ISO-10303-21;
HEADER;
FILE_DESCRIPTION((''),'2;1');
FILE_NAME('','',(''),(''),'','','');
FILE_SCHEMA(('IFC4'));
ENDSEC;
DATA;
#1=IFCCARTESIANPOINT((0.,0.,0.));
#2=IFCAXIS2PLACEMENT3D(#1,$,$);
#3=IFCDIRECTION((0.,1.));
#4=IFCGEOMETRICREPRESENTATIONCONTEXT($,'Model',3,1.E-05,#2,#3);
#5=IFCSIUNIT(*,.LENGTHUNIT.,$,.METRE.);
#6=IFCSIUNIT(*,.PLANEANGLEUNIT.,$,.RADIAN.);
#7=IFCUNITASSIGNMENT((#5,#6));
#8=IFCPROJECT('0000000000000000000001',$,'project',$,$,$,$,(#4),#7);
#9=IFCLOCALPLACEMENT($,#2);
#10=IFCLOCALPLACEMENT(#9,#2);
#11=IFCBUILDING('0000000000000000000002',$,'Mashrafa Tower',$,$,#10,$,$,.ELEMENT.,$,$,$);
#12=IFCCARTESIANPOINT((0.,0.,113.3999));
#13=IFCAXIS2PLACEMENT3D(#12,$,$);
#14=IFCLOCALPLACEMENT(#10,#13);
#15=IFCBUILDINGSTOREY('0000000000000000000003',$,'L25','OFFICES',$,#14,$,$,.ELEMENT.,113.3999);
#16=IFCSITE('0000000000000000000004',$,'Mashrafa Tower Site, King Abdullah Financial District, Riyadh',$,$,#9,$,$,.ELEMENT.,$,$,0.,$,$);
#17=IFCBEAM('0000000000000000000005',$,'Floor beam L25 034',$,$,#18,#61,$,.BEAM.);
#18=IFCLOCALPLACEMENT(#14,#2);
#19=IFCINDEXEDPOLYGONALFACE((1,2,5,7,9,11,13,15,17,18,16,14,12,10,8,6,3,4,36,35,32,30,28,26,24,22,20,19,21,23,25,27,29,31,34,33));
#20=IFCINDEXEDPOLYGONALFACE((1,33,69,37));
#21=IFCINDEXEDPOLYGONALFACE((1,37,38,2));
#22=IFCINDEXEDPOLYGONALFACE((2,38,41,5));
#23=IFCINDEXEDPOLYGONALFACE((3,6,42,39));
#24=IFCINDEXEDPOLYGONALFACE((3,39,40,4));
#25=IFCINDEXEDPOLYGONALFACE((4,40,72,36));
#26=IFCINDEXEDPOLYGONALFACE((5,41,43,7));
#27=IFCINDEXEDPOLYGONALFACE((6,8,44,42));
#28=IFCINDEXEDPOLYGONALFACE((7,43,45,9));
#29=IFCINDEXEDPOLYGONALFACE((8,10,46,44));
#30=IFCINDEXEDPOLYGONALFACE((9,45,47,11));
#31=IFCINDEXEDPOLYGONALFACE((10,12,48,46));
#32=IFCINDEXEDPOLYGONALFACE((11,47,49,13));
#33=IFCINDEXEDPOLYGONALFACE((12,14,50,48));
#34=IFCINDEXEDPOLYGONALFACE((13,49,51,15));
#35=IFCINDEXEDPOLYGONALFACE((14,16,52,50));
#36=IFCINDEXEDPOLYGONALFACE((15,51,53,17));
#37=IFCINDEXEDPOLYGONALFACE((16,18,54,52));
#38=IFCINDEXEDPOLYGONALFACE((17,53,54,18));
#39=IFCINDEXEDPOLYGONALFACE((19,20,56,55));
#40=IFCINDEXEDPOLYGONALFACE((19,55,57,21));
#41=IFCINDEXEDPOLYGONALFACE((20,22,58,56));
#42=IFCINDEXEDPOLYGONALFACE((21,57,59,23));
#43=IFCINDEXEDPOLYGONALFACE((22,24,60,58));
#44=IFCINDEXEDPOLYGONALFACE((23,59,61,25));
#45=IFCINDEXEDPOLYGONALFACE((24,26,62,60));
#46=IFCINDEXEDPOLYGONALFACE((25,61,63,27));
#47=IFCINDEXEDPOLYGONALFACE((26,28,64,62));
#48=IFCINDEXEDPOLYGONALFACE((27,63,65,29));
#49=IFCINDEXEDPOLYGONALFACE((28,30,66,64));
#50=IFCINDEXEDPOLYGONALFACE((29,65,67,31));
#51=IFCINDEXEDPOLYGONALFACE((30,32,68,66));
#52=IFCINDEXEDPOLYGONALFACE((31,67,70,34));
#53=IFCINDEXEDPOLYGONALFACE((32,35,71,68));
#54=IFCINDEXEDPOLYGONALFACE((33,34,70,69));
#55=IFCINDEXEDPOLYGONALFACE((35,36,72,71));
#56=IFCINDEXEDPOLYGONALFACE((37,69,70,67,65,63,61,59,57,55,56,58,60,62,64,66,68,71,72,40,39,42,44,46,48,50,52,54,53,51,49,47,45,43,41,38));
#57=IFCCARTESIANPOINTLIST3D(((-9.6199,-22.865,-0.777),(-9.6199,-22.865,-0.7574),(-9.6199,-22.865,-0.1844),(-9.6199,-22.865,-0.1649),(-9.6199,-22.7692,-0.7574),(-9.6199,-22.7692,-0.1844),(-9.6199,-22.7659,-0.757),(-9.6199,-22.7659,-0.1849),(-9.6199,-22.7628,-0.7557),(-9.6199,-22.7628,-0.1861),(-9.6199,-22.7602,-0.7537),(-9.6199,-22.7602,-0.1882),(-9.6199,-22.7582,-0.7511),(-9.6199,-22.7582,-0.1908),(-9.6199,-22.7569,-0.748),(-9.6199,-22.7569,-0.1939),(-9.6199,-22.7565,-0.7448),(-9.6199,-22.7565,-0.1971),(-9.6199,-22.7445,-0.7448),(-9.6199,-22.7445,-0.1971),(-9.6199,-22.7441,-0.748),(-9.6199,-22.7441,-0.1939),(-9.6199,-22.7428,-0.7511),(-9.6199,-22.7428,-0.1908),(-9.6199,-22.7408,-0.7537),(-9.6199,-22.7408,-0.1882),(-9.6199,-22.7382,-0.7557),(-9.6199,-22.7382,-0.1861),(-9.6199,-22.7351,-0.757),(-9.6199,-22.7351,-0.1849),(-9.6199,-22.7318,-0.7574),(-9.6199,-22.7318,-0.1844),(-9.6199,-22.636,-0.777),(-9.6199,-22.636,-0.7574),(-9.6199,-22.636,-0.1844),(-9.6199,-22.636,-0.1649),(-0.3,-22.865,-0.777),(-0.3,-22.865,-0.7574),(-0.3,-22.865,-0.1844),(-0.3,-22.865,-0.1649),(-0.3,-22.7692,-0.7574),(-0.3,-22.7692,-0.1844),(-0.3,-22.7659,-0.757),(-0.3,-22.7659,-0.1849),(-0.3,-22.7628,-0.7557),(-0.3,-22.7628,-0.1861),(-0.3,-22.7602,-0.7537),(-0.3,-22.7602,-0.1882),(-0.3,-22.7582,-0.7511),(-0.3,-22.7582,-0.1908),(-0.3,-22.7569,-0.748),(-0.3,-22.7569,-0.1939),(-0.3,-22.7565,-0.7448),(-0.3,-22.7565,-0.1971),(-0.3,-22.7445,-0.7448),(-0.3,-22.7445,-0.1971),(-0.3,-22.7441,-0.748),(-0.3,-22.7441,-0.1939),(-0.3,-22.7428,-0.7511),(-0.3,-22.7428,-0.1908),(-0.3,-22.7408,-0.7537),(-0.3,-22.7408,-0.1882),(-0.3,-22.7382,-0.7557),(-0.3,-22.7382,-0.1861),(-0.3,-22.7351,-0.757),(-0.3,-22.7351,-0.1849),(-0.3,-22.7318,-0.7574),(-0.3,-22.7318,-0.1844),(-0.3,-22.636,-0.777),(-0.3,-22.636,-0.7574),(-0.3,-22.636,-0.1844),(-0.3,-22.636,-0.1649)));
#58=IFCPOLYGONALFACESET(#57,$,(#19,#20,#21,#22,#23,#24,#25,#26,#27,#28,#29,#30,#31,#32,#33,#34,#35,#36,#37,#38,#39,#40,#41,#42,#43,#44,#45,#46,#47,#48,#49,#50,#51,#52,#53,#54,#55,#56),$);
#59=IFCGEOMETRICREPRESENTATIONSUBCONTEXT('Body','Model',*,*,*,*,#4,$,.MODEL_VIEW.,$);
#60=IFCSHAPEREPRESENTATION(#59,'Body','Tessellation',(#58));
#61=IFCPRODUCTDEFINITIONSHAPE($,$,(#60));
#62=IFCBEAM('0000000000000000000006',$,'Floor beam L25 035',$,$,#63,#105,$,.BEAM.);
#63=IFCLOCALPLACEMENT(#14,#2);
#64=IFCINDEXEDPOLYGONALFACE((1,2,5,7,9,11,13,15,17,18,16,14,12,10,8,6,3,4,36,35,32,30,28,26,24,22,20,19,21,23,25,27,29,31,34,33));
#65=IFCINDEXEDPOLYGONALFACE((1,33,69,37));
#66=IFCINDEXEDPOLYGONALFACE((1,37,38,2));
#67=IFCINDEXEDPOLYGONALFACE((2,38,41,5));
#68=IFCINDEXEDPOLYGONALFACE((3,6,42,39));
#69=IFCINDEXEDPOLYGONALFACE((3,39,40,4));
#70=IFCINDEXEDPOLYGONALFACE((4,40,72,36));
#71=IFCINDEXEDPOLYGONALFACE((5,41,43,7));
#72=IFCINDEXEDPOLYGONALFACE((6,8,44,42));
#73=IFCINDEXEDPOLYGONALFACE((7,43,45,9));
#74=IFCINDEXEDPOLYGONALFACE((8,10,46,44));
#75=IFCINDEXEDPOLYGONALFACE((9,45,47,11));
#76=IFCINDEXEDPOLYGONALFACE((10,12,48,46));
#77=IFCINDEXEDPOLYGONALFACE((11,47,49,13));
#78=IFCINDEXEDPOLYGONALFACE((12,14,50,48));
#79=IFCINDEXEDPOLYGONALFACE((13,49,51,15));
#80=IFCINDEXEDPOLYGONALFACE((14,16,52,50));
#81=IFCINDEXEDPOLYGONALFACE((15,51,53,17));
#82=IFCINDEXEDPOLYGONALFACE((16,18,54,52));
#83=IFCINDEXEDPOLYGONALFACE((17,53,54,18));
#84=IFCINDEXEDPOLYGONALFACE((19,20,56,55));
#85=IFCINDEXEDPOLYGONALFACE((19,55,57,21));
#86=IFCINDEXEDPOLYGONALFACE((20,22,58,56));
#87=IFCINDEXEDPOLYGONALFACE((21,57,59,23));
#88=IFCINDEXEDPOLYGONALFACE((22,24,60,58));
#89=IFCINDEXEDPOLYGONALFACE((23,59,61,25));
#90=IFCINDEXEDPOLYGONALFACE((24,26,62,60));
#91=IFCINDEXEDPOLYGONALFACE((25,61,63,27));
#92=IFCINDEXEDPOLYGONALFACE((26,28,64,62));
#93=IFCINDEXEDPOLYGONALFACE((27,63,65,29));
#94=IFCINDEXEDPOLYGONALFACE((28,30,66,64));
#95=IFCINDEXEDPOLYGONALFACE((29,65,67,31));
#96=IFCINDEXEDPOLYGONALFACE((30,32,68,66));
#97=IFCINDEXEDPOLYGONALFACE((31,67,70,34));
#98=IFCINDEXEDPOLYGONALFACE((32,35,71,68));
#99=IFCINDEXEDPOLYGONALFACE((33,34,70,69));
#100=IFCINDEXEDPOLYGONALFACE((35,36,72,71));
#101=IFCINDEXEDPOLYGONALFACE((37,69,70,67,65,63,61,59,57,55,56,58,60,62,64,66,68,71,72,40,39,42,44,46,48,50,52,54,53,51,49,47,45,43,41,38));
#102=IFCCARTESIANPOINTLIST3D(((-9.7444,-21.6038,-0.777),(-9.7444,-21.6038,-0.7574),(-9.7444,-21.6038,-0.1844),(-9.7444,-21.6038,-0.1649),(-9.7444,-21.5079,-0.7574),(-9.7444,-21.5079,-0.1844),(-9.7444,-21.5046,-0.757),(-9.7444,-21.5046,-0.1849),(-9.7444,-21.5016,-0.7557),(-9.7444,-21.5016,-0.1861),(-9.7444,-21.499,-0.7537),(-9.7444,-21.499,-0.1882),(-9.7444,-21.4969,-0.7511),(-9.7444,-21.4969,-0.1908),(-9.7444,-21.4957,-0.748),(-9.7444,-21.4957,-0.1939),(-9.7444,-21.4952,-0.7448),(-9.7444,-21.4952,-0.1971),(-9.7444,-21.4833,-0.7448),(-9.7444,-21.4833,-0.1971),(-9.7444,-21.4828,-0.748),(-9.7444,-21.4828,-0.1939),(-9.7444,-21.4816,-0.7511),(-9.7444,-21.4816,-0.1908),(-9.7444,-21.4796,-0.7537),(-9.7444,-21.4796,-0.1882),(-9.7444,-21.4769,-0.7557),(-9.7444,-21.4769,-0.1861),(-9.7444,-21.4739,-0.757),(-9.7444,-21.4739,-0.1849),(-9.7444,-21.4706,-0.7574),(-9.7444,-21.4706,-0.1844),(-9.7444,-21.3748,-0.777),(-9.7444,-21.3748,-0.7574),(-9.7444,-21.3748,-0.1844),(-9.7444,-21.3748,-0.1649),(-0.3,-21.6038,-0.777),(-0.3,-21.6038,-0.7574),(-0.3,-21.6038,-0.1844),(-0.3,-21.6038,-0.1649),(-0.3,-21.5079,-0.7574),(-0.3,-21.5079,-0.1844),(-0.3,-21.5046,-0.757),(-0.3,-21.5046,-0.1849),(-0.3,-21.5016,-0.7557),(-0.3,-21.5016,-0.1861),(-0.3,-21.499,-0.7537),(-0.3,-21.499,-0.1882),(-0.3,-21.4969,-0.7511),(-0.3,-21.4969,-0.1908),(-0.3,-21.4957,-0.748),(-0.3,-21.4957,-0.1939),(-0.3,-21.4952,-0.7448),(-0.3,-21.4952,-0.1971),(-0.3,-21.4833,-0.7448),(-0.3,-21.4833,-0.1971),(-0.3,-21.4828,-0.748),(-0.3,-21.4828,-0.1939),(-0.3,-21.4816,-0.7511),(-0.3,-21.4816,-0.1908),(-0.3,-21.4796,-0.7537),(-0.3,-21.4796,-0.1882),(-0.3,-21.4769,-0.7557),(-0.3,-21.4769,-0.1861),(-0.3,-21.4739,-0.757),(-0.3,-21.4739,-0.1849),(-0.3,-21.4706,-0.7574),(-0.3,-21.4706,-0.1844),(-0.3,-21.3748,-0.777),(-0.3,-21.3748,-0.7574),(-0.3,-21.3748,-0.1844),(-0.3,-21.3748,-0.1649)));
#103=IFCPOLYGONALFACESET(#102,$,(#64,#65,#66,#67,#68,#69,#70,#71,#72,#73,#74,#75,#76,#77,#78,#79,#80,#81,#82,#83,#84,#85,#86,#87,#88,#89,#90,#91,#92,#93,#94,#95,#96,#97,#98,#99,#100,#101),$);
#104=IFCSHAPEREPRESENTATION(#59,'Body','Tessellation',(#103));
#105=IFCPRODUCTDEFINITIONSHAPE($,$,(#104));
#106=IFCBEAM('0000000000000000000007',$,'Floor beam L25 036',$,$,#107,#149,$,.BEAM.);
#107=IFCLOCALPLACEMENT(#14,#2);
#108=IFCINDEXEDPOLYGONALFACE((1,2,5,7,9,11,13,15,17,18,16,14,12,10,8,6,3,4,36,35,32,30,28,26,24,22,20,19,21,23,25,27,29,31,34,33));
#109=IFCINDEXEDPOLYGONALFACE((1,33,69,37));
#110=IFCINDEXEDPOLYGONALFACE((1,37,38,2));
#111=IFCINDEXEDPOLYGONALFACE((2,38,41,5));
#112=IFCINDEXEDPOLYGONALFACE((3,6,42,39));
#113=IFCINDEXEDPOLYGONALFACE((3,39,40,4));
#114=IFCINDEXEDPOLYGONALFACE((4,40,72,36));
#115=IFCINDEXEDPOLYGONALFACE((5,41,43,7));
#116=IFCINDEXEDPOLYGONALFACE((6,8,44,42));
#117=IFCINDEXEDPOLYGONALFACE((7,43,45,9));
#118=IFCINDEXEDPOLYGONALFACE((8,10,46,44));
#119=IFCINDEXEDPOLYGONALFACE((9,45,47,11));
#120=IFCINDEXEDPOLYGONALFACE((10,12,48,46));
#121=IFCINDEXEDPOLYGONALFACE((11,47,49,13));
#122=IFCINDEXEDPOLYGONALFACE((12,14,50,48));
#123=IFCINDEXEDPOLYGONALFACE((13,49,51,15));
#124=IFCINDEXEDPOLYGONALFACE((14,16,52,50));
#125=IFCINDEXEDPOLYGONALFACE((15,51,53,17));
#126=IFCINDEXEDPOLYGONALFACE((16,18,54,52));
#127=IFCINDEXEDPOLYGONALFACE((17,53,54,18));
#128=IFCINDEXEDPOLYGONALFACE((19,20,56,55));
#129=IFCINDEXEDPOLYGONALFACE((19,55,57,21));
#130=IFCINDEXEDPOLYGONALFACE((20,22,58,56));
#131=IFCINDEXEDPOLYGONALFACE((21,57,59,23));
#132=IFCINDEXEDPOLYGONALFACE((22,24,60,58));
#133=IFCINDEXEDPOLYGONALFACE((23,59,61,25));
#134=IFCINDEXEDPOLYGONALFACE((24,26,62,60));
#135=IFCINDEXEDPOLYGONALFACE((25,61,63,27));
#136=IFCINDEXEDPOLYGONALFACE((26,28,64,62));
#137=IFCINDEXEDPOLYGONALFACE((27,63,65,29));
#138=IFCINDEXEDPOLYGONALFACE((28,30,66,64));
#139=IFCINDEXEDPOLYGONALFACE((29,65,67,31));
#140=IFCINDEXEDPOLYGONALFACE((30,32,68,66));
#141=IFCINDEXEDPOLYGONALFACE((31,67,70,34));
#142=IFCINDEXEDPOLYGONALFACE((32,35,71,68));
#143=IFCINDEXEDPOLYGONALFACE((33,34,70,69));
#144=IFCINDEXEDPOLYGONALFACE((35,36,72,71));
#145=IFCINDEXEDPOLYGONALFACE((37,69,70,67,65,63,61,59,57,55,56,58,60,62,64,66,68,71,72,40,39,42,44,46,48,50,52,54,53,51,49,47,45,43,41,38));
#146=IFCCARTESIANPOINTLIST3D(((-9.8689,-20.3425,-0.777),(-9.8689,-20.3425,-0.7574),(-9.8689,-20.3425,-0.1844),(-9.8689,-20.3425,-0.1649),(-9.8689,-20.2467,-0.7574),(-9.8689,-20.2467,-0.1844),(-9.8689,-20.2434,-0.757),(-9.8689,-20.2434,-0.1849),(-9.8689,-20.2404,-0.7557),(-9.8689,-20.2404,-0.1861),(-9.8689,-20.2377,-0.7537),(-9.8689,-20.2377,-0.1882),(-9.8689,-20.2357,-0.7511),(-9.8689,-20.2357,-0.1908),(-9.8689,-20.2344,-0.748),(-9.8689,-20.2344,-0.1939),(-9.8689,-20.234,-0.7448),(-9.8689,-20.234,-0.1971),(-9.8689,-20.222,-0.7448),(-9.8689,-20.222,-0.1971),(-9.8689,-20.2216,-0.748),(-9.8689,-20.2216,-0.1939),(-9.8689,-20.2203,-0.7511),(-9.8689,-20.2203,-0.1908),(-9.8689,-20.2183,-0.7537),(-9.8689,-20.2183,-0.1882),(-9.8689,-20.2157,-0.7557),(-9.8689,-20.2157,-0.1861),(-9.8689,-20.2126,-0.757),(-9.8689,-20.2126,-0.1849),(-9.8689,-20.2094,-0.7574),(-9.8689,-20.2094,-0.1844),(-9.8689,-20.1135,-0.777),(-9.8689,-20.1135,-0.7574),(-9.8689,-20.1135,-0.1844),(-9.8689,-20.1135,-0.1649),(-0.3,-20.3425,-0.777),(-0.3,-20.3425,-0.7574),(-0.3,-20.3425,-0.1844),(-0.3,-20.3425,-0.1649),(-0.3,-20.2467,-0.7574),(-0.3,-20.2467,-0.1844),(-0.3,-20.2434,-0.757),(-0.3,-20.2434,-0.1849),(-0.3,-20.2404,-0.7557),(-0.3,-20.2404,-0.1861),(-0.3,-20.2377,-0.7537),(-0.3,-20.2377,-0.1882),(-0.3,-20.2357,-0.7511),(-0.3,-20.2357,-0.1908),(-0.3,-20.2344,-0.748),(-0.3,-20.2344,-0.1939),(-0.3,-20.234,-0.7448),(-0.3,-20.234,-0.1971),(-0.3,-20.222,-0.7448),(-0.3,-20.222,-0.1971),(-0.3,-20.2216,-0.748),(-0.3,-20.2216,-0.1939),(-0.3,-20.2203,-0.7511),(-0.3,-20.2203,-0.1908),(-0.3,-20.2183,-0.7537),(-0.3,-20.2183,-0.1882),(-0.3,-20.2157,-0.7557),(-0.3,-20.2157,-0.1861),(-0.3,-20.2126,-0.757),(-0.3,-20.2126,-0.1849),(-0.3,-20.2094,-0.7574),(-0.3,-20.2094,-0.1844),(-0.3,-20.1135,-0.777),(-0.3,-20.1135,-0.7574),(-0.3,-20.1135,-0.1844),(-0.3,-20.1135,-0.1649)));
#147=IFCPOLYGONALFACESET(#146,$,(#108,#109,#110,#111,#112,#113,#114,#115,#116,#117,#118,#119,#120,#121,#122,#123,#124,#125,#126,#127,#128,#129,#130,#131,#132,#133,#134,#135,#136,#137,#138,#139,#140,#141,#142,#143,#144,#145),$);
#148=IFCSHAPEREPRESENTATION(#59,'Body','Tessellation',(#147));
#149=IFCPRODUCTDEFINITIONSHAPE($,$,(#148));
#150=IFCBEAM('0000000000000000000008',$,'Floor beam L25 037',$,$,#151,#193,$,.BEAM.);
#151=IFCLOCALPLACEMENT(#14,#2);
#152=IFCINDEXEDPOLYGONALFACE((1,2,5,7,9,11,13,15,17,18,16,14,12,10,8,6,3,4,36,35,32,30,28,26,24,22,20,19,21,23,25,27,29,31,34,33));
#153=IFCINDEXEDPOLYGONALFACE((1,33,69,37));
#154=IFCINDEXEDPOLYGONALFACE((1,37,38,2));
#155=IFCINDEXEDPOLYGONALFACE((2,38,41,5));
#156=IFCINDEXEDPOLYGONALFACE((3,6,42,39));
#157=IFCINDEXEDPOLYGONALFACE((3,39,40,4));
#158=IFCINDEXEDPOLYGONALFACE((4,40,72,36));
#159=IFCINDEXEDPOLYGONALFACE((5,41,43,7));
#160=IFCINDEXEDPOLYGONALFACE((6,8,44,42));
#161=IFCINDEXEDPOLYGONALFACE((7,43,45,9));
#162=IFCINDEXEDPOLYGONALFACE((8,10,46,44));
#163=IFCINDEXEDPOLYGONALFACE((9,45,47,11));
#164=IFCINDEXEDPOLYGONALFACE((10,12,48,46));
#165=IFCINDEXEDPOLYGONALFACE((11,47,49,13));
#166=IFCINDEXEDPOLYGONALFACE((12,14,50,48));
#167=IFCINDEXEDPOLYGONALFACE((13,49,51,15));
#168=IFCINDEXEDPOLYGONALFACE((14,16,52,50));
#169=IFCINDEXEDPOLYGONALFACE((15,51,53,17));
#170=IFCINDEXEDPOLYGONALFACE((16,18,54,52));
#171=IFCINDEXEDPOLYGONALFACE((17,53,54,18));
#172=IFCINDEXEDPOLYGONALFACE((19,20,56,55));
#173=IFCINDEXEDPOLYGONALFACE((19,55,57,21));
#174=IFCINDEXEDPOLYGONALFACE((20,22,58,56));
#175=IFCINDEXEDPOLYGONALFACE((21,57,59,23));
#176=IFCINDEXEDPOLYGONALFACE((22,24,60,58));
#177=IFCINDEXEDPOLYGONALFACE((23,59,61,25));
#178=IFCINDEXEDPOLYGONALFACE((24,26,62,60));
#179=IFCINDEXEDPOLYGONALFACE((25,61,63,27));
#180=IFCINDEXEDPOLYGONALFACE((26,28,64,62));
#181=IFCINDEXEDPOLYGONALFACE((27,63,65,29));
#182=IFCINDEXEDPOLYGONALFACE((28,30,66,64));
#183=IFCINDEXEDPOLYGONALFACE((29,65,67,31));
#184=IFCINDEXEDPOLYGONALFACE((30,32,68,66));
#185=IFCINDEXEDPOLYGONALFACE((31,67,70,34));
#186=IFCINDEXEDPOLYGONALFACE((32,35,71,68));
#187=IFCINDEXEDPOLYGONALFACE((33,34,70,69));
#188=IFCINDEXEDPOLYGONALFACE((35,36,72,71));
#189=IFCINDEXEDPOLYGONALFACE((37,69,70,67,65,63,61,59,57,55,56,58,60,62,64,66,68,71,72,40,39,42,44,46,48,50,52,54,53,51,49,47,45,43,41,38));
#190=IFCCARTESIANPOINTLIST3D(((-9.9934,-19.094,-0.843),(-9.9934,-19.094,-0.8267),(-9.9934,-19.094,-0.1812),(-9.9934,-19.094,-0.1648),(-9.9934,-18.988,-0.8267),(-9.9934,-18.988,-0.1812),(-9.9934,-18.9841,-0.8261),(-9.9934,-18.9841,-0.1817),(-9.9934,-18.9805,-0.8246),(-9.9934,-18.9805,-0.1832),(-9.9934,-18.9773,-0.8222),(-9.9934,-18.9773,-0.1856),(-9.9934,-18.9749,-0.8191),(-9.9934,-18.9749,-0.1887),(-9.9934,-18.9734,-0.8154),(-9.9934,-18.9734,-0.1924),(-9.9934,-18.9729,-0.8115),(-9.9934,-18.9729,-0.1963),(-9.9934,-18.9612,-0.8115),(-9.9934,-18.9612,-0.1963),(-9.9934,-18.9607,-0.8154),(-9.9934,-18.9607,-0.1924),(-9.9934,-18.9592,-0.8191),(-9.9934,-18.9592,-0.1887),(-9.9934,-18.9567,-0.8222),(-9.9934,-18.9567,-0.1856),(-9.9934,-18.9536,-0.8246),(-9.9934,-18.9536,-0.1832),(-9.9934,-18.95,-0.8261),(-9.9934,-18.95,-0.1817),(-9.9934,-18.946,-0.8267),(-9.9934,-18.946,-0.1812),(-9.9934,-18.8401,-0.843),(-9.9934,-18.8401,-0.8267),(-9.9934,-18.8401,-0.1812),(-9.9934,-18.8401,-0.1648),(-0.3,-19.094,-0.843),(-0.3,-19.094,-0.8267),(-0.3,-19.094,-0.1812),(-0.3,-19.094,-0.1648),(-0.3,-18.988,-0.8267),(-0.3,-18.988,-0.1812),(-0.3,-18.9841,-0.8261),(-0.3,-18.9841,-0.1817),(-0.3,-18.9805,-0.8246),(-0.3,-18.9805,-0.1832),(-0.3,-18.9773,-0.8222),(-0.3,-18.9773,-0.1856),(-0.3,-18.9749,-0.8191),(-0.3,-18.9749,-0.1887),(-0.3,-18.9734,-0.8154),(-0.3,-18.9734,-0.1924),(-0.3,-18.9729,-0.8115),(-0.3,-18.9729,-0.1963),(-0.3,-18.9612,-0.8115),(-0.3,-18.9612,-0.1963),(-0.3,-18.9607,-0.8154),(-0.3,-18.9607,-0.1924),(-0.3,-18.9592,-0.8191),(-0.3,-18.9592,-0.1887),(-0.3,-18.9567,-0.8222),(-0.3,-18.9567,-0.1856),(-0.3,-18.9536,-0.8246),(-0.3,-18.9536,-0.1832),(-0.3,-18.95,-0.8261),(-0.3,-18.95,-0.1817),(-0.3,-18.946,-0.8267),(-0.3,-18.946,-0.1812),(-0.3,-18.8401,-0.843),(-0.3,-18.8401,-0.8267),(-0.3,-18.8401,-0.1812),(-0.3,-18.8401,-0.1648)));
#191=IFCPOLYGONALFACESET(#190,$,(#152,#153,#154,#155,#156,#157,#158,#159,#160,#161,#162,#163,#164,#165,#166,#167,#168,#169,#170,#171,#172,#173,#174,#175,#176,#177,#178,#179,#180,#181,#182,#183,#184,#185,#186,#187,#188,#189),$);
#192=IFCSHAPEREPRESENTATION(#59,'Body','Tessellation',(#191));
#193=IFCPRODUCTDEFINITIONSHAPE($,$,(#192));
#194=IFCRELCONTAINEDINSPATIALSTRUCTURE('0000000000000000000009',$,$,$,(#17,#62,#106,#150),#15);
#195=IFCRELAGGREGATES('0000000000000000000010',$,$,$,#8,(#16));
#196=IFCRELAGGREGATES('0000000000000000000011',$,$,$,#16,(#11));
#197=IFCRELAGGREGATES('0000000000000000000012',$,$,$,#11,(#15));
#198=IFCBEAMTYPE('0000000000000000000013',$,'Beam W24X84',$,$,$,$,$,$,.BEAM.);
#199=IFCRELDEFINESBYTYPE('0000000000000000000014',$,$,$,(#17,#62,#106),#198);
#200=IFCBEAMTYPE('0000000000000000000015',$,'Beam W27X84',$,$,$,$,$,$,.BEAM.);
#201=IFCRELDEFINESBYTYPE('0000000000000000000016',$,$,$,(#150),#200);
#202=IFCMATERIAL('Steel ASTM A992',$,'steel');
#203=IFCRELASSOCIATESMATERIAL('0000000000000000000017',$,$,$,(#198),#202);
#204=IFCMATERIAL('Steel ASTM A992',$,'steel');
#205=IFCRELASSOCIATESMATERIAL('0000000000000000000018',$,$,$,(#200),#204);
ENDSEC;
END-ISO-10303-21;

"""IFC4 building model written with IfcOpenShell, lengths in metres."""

from ifc_helpers import new_model, si_unit, direction, frame, origin, origin_2d, place, context, subcontext, project, spatial, i_section, extrude, material, material_profile, profile_set, type_object, element, save


model = new_model("IFC4")

# Units and contexts
model_context = context("Model", 3, precision=1e-05, world=origin(), true_north=direction((0.0, 1.0)))
body_context = subcontext(model_context, "Body", "Model", "MODEL_VIEW")
ifc_project = project(units=[si_unit("LENGTHUNIT", "METRE"), si_unit("PLANEANGLEUNIT", "RADIAN")], contexts=[model_context])

# Site, building, storey
site_placement = place(None, origin())
site = spatial("IfcSite", under=ifc_project, at=site_placement, Name="Mashrafa Tower Site, King Abdullah Financial District, Riyadh", CompositionType="ELEMENT", RefElevation=0.0)
building_placement = place(site_placement, origin())
building = spatial("IfcBuilding", under=site, at=building_placement, Name="Mashrafa Tower", CompositionType="ELEMENT")
storey_placement = place(building_placement, frame((0.0, 0.0, 113.3999)))
storey = spatial("IfcBuildingStorey", under=building, at=storey_placement, Name="L25", Description="OFFICES", CompositionType="ELEMENT", Elevation=113.3999)

# Beams
ifc_material_1 = material(Name="Steel ASTM A992", Category="steel")
ifc_material_profile_1 = material_profile(ifc_material_1, i_section(OverallWidth=0.229, OverallDepth=0.6121, WebThickness=0.012, FlangeThickness=0.0195, FilletRadius=0.0127, at=origin_2d()), Name="W24X84")
ifc_profile_set_1 = profile_set([ifc_material_profile_1], Name="Steel ASTM A992")
beam_type_1 = type_object("IfcBeamType", Name="Beam W24X84", PredefinedType="BEAM", material=ifc_profile_set_1)
beam_1_placement = place(storey_placement, frame((-0.3, -22.7505, -0.4709), z_axis=(-1.0, 0.0, 0.0), x_axis=(0.0, -1.0, 0.0)))
element("IfcBeam", 1, at=beam_1_placement, inside=storey, type_object=beam_type_1, Name="Floor beam L25 034", PredefinedType="BEAM", context=body_context, shape_type="SweptSolid", body=[
    extrude(i_section(OverallWidth=0.229, OverallDepth=0.6121, WebThickness=0.012, FlangeThickness=0.0195, FilletRadius=0.0127, at=origin_2d()), origin(), (0.0, 0.0, 1.0), 9.3198),
])
beam_2_placement = place(storey_placement, frame((-0.3, -21.4893, -0.4709), z_axis=(-1.0, 0.0, 0.0), x_axis=(0.0, -1.0, 0.0)))
element("IfcBeam", 2, at=beam_2_placement, inside=storey, type_object=beam_type_1, Name="Floor beam L25 035", PredefinedType="BEAM", context=body_context, shape_type="SweptSolid", body=[
    extrude(i_section(OverallWidth=0.229, OverallDepth=0.6121, WebThickness=0.012, FlangeThickness=0.0195, FilletRadius=0.0127, at=origin_2d()), origin(), (0.0, 0.0, 1.0), 9.4443),
])
beam_3_placement = place(storey_placement, frame((-0.3, -20.228, -0.4709), z_axis=(-1.0, 0.0, 0.0), x_axis=(0.0, -1.0, 0.0)))
element("IfcBeam", 3, at=beam_3_placement, inside=storey, type_object=beam_type_1, Name="Floor beam L25 036", PredefinedType="BEAM", context=body_context, shape_type="SweptSolid", body=[
    extrude(i_section(OverallWidth=0.229, OverallDepth=0.6121, WebThickness=0.012, FlangeThickness=0.0195, FilletRadius=0.0127, at=origin_2d()), origin(), (0.0, 0.0, 1.0), 9.5688),
])
ifc_material_2 = material(Name="Steel ASTM A992", Category="steel")
ifc_material_profile_2 = material_profile(ifc_material_2, i_section(OverallWidth=0.2539, OverallDepth=0.6782, WebThickness=0.0117, FlangeThickness=0.0164, FilletRadius=0.0151, at=origin_2d()), Name="W27X84")
ifc_profile_set_2 = profile_set([ifc_material_profile_2], Name="Steel ASTM A992")
beam_type_2 = type_object("IfcBeamType", Name="Beam W27X84", PredefinedType="BEAM", material=ifc_profile_set_2)
beam_4_placement = place(storey_placement, frame((-0.3, -18.967, -0.5039), z_axis=(-1.0, 0.0, 0.0), x_axis=(0.0, -1.0, 0.0)))
element("IfcBeam", 4, at=beam_4_placement, inside=storey, type_object=beam_type_2, Name="Floor beam L25 037", PredefinedType="BEAM", context=body_context, shape_type="SweptSolid", body=[
    extrude(i_section(OverallWidth=0.2539, OverallDepth=0.6782, WebThickness=0.0117, FlangeThickness=0.0164, FilletRadius=0.0151, at=origin_2d()), origin(), (0.0, 0.0, 1.0), 9.6934),
])

save(model, "model.ifc")
